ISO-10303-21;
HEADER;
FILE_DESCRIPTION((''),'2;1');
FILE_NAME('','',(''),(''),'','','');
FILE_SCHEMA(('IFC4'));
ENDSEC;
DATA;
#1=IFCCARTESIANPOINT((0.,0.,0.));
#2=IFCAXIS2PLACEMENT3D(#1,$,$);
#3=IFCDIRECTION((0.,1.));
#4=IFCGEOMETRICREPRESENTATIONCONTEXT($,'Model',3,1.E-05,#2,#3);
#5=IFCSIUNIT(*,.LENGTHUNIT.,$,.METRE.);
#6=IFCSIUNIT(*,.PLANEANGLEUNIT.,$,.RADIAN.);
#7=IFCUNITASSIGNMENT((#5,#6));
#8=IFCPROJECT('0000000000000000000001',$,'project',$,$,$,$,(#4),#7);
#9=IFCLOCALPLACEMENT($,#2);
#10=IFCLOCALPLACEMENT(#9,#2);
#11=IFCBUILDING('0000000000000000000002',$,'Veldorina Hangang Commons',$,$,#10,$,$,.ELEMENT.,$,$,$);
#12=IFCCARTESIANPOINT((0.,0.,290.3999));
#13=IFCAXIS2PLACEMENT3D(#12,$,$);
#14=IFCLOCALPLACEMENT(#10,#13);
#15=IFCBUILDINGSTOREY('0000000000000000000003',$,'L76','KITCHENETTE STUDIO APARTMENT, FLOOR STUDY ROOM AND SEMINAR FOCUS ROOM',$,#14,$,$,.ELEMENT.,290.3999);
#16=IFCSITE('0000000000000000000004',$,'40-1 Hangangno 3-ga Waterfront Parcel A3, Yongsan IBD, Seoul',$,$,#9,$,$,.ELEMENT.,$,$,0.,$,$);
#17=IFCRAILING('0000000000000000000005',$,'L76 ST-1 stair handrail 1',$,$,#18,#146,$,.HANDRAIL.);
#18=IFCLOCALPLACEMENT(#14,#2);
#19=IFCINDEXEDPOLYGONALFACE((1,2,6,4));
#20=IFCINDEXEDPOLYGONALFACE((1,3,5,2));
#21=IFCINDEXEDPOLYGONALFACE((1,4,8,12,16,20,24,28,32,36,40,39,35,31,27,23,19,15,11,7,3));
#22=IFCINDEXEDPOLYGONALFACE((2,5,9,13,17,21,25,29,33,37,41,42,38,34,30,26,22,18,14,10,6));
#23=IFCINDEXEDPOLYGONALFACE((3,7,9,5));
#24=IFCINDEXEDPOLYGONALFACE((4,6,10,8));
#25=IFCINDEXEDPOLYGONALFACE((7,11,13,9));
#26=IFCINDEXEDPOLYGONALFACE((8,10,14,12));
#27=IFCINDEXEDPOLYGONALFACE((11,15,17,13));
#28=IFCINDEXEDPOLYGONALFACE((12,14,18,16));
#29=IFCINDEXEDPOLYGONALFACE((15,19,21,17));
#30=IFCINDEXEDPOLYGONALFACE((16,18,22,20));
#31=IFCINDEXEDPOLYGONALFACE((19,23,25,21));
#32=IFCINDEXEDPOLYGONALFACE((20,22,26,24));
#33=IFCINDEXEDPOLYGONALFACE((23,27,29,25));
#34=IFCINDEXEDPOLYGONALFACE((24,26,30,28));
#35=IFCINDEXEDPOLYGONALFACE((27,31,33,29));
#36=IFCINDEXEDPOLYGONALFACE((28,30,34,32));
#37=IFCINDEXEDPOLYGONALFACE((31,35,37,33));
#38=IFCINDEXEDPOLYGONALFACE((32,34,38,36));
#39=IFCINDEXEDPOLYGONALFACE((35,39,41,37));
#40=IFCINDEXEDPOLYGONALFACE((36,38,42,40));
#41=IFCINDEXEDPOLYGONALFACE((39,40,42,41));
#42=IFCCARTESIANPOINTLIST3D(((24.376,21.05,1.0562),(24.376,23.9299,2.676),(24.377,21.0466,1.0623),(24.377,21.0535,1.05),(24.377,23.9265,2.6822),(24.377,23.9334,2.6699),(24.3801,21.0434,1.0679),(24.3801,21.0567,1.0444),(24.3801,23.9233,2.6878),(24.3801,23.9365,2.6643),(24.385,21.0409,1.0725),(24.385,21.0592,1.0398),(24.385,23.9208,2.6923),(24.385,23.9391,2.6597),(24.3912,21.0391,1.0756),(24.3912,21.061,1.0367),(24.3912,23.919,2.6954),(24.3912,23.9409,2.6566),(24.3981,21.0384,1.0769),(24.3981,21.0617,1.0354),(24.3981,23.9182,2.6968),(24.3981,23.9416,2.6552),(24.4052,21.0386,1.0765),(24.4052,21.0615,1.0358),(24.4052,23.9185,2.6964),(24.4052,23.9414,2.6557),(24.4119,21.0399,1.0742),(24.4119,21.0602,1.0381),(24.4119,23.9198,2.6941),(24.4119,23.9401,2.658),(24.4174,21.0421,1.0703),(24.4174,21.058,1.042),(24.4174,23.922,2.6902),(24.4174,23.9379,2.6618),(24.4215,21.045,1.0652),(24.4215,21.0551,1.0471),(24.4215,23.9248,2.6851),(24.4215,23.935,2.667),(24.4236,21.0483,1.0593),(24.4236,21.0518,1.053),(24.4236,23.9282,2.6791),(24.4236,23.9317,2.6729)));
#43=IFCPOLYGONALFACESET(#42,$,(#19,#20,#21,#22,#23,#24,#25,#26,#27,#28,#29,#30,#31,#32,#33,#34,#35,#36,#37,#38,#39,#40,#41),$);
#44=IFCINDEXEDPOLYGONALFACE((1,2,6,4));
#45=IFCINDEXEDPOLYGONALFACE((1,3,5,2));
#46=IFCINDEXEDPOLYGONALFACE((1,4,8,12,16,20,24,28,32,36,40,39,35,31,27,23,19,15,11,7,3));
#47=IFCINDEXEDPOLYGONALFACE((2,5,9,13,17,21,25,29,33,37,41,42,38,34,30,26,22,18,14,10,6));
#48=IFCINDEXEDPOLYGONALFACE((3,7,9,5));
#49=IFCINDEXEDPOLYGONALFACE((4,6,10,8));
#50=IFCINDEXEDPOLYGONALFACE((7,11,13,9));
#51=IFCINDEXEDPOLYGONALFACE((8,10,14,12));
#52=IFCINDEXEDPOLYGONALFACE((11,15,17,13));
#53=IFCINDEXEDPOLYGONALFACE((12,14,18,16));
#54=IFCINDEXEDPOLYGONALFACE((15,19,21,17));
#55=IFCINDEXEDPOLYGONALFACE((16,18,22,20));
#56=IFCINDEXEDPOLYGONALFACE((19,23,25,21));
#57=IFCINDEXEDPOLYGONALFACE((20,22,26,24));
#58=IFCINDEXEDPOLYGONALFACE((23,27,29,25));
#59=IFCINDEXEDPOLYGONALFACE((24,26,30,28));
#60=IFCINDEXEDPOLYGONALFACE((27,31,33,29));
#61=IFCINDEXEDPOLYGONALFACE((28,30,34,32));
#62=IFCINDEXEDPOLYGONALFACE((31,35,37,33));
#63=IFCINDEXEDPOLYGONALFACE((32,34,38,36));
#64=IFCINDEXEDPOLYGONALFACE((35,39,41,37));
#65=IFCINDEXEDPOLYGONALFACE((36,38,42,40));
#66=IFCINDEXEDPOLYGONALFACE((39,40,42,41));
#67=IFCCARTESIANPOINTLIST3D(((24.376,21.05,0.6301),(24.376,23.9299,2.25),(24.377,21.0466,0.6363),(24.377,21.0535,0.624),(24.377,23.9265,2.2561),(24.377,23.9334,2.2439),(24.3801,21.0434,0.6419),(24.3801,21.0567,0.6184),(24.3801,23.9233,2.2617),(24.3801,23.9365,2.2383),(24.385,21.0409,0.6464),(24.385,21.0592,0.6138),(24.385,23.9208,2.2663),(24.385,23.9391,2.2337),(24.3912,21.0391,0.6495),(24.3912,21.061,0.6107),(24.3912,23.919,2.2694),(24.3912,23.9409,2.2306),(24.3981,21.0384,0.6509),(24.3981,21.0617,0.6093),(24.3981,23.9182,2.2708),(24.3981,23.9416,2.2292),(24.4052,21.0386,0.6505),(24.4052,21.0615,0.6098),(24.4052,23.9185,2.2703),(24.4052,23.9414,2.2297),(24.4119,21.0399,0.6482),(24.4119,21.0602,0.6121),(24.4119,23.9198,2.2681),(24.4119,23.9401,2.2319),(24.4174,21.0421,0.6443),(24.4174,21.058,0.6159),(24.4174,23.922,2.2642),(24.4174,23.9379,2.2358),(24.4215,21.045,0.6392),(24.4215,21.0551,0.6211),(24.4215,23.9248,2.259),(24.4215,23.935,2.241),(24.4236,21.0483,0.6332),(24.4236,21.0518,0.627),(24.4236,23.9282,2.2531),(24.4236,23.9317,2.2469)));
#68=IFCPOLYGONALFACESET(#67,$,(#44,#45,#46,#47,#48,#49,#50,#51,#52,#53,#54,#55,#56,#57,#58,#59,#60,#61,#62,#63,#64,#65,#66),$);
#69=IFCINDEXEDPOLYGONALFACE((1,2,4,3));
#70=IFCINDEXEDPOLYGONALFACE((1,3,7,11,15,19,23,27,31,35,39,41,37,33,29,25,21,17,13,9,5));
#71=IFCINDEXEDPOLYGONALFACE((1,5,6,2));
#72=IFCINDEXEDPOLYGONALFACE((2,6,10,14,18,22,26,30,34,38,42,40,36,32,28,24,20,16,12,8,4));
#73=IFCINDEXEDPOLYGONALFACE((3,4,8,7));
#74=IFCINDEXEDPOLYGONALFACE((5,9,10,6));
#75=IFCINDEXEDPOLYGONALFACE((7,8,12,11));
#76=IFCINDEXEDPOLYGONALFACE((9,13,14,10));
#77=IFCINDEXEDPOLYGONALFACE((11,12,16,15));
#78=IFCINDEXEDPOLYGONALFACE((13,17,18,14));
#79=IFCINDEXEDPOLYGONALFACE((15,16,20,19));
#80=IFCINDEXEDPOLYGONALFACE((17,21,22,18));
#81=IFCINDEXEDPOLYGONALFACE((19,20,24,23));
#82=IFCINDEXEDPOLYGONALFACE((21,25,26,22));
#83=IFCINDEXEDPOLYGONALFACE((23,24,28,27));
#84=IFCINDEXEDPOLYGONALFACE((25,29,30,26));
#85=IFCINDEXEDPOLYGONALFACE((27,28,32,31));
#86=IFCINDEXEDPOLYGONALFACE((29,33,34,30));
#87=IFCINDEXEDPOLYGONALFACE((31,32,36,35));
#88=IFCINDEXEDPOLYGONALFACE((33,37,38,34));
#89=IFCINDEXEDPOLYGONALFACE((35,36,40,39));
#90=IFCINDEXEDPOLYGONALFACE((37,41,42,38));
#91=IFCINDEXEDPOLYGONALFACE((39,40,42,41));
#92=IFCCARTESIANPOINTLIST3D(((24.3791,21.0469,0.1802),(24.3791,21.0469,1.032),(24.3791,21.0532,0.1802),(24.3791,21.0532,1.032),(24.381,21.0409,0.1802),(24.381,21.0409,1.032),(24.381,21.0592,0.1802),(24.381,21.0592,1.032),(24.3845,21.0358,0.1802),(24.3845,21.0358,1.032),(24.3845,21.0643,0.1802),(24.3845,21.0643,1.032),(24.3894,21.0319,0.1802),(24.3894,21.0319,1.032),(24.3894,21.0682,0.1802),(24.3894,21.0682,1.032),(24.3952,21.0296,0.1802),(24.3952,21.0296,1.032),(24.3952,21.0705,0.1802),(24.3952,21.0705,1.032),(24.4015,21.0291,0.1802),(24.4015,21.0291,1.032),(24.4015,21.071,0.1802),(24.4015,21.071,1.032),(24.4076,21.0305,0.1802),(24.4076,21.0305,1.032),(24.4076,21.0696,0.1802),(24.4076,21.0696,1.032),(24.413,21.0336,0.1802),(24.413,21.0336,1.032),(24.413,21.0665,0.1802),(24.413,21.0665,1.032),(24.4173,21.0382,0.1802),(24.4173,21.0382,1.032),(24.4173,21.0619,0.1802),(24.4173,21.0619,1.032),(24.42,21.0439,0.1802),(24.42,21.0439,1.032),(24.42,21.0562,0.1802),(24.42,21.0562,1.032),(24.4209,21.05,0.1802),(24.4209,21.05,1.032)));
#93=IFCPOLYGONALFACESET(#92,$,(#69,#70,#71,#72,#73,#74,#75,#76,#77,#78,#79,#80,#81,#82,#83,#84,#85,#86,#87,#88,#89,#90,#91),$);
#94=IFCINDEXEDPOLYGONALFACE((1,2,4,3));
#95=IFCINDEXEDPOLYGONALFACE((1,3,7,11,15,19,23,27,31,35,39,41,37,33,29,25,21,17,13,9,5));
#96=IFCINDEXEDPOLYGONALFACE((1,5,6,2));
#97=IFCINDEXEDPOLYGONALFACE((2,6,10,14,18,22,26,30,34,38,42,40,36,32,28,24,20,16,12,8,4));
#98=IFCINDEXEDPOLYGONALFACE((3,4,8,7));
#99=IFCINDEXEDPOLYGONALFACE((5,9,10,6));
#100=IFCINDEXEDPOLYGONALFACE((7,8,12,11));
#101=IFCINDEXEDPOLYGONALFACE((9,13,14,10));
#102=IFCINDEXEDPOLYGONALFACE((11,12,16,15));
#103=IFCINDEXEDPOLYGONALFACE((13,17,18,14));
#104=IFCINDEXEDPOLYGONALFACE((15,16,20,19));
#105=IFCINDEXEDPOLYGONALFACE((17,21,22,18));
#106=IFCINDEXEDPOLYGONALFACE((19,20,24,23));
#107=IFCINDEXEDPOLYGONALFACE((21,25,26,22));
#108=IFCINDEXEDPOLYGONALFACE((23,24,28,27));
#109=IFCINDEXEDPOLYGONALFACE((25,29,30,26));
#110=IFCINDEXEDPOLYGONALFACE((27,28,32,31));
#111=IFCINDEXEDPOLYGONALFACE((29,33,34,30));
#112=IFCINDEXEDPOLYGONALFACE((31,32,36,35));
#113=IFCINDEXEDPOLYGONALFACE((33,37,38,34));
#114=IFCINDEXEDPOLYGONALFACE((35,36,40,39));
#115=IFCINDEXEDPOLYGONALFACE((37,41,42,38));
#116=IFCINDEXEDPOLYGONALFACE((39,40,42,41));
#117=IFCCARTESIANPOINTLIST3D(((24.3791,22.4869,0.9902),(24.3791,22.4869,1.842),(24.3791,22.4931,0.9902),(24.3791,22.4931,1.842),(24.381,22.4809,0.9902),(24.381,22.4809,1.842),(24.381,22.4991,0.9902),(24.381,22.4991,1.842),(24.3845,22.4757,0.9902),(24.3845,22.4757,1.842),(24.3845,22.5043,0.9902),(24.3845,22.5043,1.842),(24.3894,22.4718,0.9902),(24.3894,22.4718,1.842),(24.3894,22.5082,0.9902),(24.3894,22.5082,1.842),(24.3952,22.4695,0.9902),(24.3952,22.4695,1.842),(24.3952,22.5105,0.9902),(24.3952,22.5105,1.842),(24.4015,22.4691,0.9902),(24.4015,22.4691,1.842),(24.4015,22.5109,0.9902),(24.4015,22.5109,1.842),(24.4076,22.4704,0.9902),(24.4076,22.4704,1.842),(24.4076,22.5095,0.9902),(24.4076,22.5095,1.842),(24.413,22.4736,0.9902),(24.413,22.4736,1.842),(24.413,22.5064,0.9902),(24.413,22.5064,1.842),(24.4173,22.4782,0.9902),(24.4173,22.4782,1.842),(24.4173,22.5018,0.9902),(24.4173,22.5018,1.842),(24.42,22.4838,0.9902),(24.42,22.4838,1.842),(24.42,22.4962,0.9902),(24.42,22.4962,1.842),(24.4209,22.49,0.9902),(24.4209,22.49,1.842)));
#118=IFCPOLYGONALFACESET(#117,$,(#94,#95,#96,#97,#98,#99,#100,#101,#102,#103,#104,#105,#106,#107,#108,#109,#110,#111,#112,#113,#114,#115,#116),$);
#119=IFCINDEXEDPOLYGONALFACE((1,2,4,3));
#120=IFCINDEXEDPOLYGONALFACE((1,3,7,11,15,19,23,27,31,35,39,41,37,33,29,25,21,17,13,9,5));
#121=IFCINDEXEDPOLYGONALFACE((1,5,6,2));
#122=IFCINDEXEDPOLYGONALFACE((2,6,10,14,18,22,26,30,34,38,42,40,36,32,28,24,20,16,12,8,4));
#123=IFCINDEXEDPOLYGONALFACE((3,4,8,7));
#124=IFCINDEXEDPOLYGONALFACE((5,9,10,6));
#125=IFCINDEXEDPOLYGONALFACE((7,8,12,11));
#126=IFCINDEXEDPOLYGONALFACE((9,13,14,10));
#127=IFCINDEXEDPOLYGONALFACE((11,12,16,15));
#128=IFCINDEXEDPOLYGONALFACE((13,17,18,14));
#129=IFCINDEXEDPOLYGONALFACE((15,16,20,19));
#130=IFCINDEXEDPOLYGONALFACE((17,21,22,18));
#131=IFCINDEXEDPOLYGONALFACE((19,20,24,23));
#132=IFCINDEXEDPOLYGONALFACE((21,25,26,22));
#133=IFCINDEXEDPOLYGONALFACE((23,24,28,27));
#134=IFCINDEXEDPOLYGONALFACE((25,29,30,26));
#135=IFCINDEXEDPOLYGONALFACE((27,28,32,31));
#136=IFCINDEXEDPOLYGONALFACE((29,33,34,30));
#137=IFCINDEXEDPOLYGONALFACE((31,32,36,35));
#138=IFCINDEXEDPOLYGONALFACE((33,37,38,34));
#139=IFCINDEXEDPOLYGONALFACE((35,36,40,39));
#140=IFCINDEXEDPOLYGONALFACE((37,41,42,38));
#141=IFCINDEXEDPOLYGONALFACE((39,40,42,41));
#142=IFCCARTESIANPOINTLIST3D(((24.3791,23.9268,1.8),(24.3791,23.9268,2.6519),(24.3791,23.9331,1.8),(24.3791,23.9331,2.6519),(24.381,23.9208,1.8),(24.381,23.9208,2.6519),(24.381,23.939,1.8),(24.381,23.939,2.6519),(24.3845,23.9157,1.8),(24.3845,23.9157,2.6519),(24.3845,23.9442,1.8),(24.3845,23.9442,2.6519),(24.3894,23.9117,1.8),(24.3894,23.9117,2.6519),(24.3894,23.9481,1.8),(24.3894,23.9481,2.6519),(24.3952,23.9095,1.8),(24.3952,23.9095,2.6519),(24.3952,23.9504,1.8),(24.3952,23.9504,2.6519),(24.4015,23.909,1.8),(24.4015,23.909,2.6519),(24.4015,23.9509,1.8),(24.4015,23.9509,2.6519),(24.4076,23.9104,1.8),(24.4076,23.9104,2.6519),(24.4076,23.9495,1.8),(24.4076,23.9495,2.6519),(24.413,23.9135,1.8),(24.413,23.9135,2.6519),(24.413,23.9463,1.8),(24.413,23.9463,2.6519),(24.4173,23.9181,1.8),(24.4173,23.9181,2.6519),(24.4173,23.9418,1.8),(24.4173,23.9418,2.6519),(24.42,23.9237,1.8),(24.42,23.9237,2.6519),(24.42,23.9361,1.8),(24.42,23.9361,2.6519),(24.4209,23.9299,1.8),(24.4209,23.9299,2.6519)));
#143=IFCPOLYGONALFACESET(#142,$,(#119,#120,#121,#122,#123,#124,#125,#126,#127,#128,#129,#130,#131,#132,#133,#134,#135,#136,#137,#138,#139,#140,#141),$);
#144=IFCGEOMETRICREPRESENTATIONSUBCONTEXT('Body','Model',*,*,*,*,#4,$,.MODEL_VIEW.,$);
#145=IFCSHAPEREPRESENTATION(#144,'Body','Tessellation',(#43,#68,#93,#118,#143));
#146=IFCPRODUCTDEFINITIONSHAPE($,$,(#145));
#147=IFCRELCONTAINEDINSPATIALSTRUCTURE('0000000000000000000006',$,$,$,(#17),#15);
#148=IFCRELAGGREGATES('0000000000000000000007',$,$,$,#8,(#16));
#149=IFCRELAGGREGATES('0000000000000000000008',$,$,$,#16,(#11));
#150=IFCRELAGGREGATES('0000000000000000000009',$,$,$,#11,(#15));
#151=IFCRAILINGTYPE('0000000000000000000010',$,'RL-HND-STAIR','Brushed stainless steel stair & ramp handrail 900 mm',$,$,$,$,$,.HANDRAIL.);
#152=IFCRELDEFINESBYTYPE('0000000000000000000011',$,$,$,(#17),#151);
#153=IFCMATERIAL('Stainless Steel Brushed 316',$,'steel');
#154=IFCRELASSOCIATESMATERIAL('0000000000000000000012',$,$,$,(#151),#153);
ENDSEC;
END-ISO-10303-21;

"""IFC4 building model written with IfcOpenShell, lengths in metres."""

from ifc_helpers import new_model, si_unit, direction, frame, origin, origin_2d, place, context, subcontext, project, spatial, circle, extrude, material, type_object, element, save


model = new_model("IFC4")

# Units and contexts
model_context = context("Model", 3, precision=1e-05, world=origin(), true_north=direction((0.0, 1.0)))
body_context = subcontext(model_context, "Body", "Model", "MODEL_VIEW")
ifc_project = project(units=[si_unit("LENGTHUNIT", "METRE"), si_unit("PLANEANGLEUNIT", "RADIAN")], contexts=[model_context])

# Site, building, storey
site_placement = place(None, origin())
site = spatial("IfcSite", under=ifc_project, at=site_placement, Name="40-1 Hangangno 3-ga Waterfront Parcel A3, Yongsan IBD, Seoul", CompositionType="ELEMENT", RefElevation=0.0)
building_placement = place(site_placement, origin())
building = spatial("IfcBuilding", under=site, at=building_placement, Name="Veldorina Hangang Commons", CompositionType="ELEMENT")
storey_placement = place(building_placement, frame((0.0, 0.0, 290.3999)))
storey = spatial("IfcBuildingStorey", under=building, at=storey_placement, Name="L76", Description="KITCHENETTE STUDIO APARTMENT, FLOOR STUDY ROOM AND SEMINAR FOCUS ROOM", CompositionType="ELEMENT", Elevation=290.3999)

# Railing
ifc_material_1 = material(Name="Stainless Steel Brushed 316", Category="steel")
railing_type_1 = type_object("IfcRailingType", Name="RL-HND-STAIR", Description="Brushed stainless steel stair & ramp handrail 900 mm", PredefinedType="HANDRAIL", material=ifc_material_1)
railing_1_placement = place(storey_placement, frame((24.3999, 21.05, 0.1802)))
element("IfcRailing", 1, at=railing_1_placement, inside=storey, type_object=railing_type_1, Name="L76 ST-1 stair handrail 1", PredefinedType="HANDRAIL", context=body_context, shape_type="SweptSolid", body=[
    extrude(circle(Radius=0.0239, at=origin_2d()), frame((0.0, 0.0, 0.876), z_axis=(0.0, 0.871583, 0.490247), x_axis=(-1.0, 0.0, 0.0)), (0.0, 0.0, 1.0), 3.3042),
    extrude(circle(Radius=0.0239, at=origin_2d()), frame((0.0, 0.0, 0.45), z_axis=(0.0, 0.871583, 0.490247), x_axis=(-1.0, 0.0, 0.0)), (0.0, 0.0, 1.0), 3.3042),
    extrude(circle(Radius=0.021, at=origin_2d()), origin(), (0.0, 0.0, 1.0), 0.8518),
    extrude(circle(Radius=0.021, at=origin_2d()), frame((0.0, 1.4399, 0.8101)), (0.0, 0.0, 1.0), 0.8518),
    extrude(circle(Radius=0.021, at=origin_2d()), frame((0.0, 2.8799, 1.6199)), (0.0, 0.0, 1.0), 0.8518),
])

save(model, "model.ifc")
